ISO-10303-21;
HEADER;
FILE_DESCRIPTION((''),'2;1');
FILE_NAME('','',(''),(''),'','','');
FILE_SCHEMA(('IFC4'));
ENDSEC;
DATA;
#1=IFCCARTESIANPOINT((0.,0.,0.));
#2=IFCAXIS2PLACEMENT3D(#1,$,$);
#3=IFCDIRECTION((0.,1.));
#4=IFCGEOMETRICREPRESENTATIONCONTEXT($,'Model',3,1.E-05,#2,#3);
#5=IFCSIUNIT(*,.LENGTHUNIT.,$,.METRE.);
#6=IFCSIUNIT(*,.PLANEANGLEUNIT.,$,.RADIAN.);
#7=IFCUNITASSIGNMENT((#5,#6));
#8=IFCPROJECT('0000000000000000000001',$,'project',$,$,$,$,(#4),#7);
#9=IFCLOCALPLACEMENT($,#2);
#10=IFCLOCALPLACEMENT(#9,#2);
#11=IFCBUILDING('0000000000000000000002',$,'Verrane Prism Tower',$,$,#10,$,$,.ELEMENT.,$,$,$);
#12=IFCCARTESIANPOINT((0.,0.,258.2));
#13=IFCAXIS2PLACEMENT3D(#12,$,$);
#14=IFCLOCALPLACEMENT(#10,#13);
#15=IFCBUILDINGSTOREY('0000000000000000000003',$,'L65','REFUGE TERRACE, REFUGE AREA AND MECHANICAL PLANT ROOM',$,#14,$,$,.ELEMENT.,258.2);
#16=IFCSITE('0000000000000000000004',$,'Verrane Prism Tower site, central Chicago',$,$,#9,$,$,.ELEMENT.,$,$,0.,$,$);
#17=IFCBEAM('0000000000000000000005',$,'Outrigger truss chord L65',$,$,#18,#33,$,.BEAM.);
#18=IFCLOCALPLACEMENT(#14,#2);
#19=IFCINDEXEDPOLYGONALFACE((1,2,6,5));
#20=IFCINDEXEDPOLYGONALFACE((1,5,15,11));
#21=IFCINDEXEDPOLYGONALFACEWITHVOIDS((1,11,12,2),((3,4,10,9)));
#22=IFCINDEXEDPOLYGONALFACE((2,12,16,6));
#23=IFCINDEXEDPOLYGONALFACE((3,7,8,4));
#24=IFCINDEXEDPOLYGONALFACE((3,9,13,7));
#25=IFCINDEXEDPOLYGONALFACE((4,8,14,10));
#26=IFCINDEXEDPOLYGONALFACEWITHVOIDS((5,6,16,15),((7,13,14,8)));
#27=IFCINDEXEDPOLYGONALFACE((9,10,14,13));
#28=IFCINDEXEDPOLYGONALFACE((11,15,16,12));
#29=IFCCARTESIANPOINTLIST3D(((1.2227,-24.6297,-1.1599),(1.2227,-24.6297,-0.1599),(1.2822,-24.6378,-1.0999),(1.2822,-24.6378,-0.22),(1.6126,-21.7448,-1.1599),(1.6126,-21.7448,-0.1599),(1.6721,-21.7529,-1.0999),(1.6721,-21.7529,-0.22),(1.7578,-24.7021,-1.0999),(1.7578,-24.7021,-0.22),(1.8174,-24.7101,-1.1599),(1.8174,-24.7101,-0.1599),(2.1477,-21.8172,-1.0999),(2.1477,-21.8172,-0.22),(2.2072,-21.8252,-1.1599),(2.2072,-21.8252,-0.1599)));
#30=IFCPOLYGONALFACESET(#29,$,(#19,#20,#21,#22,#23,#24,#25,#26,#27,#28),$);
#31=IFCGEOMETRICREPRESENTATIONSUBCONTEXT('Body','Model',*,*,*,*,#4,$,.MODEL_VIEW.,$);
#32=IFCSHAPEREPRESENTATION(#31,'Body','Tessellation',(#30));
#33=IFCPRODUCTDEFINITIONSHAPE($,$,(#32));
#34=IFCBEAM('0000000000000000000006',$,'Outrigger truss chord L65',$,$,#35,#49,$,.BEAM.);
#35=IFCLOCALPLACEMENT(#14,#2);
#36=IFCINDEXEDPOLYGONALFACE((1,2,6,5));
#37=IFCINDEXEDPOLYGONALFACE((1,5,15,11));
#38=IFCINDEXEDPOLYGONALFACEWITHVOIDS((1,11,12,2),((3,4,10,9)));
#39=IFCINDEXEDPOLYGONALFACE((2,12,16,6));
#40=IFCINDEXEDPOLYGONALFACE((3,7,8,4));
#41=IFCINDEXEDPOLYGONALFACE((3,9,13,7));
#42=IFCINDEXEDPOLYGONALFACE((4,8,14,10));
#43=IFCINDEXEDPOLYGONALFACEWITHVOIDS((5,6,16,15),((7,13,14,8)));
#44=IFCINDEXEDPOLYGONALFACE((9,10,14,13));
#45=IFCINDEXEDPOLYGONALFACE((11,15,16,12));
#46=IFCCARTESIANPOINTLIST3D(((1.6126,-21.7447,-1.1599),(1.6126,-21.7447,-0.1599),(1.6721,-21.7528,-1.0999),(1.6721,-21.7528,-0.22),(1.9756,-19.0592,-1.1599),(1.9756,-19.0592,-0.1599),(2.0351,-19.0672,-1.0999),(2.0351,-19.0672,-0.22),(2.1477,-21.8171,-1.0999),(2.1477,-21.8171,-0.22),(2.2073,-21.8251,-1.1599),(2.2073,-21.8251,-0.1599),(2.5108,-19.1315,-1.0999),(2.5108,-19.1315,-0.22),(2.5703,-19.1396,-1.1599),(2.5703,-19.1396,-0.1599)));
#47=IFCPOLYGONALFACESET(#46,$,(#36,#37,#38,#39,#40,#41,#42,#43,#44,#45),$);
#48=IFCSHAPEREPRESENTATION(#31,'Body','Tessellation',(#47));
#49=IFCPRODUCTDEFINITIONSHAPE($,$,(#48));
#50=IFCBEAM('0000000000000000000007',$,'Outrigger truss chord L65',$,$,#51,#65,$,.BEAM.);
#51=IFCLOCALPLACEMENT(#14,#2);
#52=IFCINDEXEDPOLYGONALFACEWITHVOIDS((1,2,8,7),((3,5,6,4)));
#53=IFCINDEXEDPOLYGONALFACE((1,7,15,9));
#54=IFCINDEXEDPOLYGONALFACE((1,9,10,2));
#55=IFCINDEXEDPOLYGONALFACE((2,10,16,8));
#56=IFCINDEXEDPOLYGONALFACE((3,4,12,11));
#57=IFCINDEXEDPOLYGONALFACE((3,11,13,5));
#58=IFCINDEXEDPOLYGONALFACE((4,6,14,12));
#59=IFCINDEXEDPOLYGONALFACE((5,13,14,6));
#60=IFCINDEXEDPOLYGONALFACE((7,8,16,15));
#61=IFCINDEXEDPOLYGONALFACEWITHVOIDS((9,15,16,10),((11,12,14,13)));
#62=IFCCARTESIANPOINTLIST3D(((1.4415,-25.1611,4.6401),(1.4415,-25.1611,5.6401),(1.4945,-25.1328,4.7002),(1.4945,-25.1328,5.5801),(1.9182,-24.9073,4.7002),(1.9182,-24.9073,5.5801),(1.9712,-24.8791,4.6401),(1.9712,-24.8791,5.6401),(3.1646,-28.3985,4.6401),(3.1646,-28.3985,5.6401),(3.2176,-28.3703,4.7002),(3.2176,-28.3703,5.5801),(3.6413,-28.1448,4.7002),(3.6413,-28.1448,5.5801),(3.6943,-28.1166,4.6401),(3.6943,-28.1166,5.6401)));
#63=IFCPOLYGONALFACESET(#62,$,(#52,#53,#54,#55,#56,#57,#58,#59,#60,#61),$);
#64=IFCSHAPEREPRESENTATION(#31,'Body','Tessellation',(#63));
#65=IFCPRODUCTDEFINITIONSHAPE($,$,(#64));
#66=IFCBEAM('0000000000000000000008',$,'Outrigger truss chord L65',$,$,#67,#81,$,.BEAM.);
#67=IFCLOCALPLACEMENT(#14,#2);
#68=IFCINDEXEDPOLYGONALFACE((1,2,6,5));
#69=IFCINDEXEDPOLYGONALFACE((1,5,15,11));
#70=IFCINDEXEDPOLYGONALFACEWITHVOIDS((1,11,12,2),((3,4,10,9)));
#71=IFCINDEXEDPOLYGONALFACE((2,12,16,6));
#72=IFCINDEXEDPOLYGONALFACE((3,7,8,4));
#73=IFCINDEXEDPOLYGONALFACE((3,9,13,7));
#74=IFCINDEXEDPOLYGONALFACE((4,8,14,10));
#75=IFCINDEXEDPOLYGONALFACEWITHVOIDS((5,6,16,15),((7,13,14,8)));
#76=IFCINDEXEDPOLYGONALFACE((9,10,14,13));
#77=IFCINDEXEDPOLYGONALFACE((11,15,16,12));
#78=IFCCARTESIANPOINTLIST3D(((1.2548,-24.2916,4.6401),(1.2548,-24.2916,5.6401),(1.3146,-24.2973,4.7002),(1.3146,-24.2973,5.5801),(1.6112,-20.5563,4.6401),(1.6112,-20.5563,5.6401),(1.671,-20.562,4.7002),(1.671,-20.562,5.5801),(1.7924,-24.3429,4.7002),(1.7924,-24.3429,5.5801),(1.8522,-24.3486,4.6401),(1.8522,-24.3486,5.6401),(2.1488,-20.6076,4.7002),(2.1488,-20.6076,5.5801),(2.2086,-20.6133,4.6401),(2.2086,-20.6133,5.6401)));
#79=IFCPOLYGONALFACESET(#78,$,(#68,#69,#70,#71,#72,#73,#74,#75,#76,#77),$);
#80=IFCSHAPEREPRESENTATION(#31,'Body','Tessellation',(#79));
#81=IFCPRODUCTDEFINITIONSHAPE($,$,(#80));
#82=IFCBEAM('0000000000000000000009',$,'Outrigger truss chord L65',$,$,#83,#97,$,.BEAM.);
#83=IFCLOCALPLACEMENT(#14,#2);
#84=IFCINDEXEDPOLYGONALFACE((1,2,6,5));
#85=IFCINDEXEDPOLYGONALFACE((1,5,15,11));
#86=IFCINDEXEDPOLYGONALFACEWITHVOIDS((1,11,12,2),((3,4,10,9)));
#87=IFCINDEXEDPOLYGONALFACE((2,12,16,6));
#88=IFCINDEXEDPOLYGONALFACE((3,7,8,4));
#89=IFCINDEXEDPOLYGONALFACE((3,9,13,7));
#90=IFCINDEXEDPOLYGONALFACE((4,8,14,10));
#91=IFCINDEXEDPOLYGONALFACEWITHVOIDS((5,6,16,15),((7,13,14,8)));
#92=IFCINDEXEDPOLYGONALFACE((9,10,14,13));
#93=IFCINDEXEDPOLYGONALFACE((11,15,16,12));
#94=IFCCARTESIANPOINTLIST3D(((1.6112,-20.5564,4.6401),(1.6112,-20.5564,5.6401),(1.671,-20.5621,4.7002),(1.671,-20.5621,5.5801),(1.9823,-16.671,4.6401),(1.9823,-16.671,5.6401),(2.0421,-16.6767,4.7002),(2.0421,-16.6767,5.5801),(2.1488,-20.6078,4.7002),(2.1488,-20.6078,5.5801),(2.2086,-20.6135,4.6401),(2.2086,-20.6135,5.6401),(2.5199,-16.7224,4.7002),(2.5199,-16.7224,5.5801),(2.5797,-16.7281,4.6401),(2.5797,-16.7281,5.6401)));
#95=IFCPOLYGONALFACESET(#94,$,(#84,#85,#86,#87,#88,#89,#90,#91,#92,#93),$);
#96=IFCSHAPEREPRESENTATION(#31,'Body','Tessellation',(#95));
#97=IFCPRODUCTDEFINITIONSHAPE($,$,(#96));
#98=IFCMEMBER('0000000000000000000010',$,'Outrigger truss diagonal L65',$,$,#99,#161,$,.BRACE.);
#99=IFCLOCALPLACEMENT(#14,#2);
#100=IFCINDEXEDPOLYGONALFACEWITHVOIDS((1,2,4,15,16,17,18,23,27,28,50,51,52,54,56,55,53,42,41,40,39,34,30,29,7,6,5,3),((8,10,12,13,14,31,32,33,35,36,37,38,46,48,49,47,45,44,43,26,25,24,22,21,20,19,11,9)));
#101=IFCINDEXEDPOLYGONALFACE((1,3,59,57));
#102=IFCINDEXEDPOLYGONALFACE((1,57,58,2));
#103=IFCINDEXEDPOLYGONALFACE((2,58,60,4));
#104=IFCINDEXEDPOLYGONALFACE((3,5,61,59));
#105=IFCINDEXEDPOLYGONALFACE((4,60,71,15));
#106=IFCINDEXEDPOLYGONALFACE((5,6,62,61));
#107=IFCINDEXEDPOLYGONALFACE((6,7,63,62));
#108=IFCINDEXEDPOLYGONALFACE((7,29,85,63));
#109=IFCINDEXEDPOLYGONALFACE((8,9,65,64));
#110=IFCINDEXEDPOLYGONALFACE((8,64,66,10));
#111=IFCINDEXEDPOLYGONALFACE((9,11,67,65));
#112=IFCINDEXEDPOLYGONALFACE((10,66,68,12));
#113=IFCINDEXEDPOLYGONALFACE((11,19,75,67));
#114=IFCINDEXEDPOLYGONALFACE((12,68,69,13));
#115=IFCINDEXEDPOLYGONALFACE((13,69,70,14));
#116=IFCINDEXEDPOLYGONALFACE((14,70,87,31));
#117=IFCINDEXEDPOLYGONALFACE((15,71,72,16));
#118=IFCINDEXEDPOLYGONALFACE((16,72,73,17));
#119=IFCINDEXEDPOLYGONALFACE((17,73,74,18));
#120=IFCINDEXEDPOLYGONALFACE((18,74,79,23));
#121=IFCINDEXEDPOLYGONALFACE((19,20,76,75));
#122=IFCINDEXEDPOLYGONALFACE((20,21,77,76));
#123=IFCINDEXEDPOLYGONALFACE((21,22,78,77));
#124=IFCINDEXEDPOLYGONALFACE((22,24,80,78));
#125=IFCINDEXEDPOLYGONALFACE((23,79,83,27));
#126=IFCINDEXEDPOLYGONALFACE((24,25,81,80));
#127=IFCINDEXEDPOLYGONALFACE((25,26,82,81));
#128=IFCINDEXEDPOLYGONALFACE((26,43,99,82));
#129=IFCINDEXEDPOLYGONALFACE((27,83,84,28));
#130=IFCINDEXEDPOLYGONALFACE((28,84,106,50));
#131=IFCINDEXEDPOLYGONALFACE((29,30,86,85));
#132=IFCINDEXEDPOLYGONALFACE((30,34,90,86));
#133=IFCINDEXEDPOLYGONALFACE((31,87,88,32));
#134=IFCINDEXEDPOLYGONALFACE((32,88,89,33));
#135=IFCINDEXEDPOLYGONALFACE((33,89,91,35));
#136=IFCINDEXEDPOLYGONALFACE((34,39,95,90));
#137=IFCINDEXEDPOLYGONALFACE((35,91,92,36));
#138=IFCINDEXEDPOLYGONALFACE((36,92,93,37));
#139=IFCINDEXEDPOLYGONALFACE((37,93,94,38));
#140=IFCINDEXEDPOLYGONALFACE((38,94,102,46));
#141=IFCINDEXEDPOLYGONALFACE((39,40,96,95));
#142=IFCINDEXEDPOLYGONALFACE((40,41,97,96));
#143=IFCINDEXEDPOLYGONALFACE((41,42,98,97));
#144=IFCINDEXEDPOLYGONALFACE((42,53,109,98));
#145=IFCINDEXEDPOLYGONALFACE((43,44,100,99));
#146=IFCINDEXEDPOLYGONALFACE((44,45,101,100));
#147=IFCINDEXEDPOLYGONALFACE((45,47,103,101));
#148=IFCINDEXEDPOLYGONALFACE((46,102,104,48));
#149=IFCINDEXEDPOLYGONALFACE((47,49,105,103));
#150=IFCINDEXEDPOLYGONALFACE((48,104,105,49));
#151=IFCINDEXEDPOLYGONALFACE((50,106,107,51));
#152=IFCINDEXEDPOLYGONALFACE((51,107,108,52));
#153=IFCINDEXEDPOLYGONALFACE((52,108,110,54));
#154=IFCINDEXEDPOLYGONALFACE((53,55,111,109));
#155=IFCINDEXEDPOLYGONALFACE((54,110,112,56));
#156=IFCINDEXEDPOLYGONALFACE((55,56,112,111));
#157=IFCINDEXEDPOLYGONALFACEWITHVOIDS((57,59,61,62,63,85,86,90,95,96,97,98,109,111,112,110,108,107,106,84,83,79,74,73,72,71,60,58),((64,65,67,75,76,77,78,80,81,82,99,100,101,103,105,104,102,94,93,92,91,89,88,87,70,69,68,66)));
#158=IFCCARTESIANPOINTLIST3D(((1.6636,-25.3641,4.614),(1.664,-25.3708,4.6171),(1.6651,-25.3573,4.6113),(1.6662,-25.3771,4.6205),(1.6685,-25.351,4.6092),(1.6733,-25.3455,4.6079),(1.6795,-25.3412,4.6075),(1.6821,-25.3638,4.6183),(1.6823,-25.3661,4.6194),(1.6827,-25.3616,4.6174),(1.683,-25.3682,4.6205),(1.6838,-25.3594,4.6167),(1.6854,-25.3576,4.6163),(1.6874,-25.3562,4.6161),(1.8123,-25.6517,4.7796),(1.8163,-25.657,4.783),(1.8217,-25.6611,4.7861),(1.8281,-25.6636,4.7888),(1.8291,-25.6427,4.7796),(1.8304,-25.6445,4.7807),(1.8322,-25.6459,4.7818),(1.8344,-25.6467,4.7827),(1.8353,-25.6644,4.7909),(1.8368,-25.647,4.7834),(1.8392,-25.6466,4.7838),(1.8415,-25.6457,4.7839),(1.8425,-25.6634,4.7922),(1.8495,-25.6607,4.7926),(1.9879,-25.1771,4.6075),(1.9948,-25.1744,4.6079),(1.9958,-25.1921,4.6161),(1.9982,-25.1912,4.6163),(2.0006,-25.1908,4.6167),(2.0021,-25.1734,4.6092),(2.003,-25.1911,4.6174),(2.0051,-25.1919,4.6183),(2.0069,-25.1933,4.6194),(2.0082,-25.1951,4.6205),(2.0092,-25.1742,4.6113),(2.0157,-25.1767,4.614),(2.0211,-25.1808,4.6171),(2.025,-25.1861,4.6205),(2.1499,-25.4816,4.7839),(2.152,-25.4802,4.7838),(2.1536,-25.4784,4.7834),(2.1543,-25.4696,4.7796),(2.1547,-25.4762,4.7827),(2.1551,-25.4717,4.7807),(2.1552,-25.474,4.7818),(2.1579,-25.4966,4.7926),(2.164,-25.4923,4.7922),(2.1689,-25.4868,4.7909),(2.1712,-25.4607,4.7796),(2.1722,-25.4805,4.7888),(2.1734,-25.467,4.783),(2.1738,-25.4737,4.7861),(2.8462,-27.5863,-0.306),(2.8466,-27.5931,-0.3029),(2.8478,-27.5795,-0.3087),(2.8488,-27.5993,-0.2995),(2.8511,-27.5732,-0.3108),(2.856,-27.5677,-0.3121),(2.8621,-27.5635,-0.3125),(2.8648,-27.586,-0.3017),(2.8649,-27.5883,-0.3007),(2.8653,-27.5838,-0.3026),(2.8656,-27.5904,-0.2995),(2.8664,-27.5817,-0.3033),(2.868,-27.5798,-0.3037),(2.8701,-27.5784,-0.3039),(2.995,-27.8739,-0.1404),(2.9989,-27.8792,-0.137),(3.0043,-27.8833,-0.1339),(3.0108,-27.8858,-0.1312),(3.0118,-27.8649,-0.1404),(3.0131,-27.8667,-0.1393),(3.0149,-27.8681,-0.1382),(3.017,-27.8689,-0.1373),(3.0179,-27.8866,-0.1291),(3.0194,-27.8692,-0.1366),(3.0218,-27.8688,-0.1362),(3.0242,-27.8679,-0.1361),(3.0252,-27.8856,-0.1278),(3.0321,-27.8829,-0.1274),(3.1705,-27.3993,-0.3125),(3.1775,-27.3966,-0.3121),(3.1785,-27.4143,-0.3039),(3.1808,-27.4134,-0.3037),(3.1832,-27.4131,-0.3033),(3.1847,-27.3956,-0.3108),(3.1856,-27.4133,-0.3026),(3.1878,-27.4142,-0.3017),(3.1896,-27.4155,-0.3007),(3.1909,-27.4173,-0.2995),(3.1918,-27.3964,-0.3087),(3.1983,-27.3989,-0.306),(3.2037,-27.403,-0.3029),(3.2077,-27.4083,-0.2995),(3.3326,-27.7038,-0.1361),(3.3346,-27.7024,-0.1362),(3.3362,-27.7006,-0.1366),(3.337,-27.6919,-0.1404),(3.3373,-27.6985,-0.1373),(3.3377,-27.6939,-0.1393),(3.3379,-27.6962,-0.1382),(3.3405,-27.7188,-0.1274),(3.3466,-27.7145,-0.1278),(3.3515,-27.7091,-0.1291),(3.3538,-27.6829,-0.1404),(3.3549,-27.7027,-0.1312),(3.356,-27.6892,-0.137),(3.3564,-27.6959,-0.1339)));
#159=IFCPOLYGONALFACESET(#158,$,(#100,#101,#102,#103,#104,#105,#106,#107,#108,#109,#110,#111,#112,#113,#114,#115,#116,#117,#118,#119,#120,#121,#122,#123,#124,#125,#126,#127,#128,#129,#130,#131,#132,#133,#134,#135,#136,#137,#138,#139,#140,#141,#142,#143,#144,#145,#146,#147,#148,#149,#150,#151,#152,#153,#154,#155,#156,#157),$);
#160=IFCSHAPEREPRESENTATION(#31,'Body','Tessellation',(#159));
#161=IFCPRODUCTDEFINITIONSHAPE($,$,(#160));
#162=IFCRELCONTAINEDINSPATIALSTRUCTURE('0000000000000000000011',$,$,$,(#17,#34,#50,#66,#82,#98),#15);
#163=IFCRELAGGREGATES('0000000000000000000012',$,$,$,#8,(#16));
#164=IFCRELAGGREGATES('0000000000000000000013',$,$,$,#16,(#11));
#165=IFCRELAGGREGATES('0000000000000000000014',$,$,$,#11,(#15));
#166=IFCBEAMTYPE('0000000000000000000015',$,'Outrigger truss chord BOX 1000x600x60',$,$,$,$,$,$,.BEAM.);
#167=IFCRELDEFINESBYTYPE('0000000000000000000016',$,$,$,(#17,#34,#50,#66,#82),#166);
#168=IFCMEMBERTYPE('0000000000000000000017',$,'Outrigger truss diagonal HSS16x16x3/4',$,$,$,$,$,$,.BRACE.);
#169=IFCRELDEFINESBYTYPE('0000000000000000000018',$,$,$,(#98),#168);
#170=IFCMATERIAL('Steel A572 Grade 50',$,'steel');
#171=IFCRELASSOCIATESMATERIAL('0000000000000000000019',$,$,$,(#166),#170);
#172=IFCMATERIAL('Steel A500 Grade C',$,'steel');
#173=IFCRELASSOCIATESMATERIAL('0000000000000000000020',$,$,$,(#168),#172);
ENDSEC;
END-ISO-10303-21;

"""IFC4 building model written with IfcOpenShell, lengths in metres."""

from ifc_helpers import new_model, si_unit, direction, frame, origin, origin_2d, place, context, subcontext, project, spatial, hollow_rectangle, extrude, material, material_profile, profile_set, type_object, element, save


model = new_model("IFC4")

# Units and contexts
model_context = context("Model", 3, precision=1e-05, world=origin(), true_north=direction((0.0, 1.0)))
body_context = subcontext(model_context, "Body", "Model", "MODEL_VIEW")
ifc_project = project(units=[si_unit("LENGTHUNIT", "METRE"), si_unit("PLANEANGLEUNIT", "RADIAN")], contexts=[model_context])

# Site, building, storey
site_placement = place(None, origin())
site = spatial("IfcSite", under=ifc_project, at=site_placement, Name="Verrane Prism Tower site, central Chicago", CompositionType="ELEMENT", RefElevation=0.0)
building_placement = place(site_placement, origin())
building = spatial("IfcBuilding", under=site, at=building_placement, Name="Verrane Prism Tower", CompositionType="ELEMENT")
storey_placement = place(building_placement, frame((0.0, 0.0, 258.2)))
storey = spatial("IfcBuildingStorey", under=building, at=storey_placement, Name="L65", Description="REFUGE TERRACE, REFUGE AREA AND MECHANICAL PLANT ROOM", CompositionType="ELEMENT", Elevation=258.2)

# Beams
ifc_material_1 = material(Name="Steel A572 Grade 50", Category="steel")
ifc_material_profile_1 = material_profile(ifc_material_1, hollow_rectangle(XDim=0.6001, YDim=1.0, WallThickness=0.0601, at=origin_2d()), Name="BOX 1000x600x60")
ifc_profile_set_1 = profile_set([ifc_material_profile_1], Name="Steel A572 Grade 50")
beam_type_1 = type_object("IfcBeamType", Name="Outrigger truss chord BOX 1000x600x60", PredefinedType="BEAM", material=ifc_profile_set_1)
beam_1_placement = place(storey_placement, frame((1.52, -24.6699, -0.6599), z_axis=(0.133927, 0.990991, 0.0), x_axis=(-0.990991, 0.133927, 0.0)))
element("IfcBeam", 1, at=beam_1_placement, inside=storey, type_object=beam_type_1, Name="Outrigger truss chord L65", PredefinedType="BEAM", context=body_context, shape_type="SweptSolid", body=[
    extrude(hollow_rectangle(XDim=0.6001, YDim=1.0, WallThickness=0.0601, at=origin_2d()), origin(), (0.0, 0.0, 1.0), 2.9111),
])
beam_2_placement = place(storey_placement, frame((1.9099, -21.7849, -0.6599), z_axis=(0.133963, 0.990986, 0.0), x_axis=(-0.990986, 0.133963, 0.0)))
element("IfcBeam", 2, at=beam_2_placement, inside=storey, type_object=beam_type_1, Name="Outrigger truss chord L65", PredefinedType="BEAM", context=body_context, shape_type="SweptSolid", body=[
    extrude(hollow_rectangle(XDim=0.6001, YDim=1.0, WallThickness=0.0601, at=origin_2d()), origin(), (0.0, 0.0, 1.0), 2.71),
])
beam_3_placement = place(storey_placement, frame((3.4294, -28.2576, 5.1401), z_axis=(-0.469835, 0.882754, 0.0), x_axis=(-0.882754, -0.469835, 0.0)))
element("IfcBeam", 3, at=beam_3_placement, inside=storey, type_object=beam_type_1, Name="Outrigger truss chord L65", PredefinedType="BEAM", context=body_context, shape_type="SweptSolid", body=[
    extrude(hollow_rectangle(XDim=0.6001, YDim=1.0, WallThickness=0.0601, at=origin_2d()), origin(), (0.0, 0.0, 1.0), 3.6675),
])
beam_4_placement = place(storey_placement, frame((1.5535, -24.3201, 5.1401), z_axis=(0.094999, 0.995477, 0.0), x_axis=(-0.995477, 0.094999, 0.0)))
element("IfcBeam", 4, at=beam_4_placement, inside=storey, type_object=beam_type_1, Name="Outrigger truss chord L65", PredefinedType="BEAM", context=body_context, shape_type="SweptSolid", body=[
    extrude(hollow_rectangle(XDim=0.6001, YDim=1.0, WallThickness=0.0601, at=origin_2d()), origin(), (0.0, 0.0, 1.0), 3.7522),
])
beam_5_placement = place(storey_placement, frame((1.9099, -20.585, 5.1401), z_axis=(0.095075, 0.99547, 0.0), x_axis=(-0.99547, 0.095075, 0.0)))
element("IfcBeam", 5, at=beam_5_placement, inside=storey, type_object=beam_type_1, Name="Outrigger truss chord L65", PredefinedType="BEAM", context=body_context, shape_type="SweptSolid", body=[
    extrude(hollow_rectangle(XDim=0.6001, YDim=1.0, WallThickness=0.0601, at=origin_2d()), origin(), (0.0, 0.0, 1.0), 3.9031),
])

# Member
ifc_material_2 = material(Name="Steel A500 Grade C", Category="steel")
ifc_material_profile_2 = material_profile(ifc_material_2, hollow_rectangle(XDim=0.4065, YDim=0.4065, WallThickness=0.019, InnerFilletRadius=0.0095, OuterFilletRadius=0.0286, at=origin_2d()), Name="HSS16x16x3/4")
ifc_profile_set_2 = profile_set([ifc_material_profile_2], Name="Steel A500 Grade C")
member_type_1 = type_object("IfcMemberType", Name="Outrigger truss diagonal HSS16x16x3/4", PredefinedType="BRACE", material=ifc_profile_set_2)
member_1_placement = place(storey_placement, frame((3.1013, -27.6411, -0.22), z_axis=(-0.21399, 0.402093, 0.890241), x_axis=(-0.882771, -0.469803, 0.0)))
element("IfcMember", 6, at=member_1_placement, inside=storey, type_object=member_type_1, Name="Outrigger truss diagonal L65", PredefinedType="BRACE", context=body_context, shape_type="SweptSolid", body=[
    extrude(hollow_rectangle(XDim=0.4065, YDim=0.4065, WallThickness=0.019, InnerFilletRadius=0.0095, OuterFilletRadius=0.0286, at=origin_2d()), origin(), (0.0, 0.0, 1.0), 5.5266),
])

save(model, "model.ifc")
